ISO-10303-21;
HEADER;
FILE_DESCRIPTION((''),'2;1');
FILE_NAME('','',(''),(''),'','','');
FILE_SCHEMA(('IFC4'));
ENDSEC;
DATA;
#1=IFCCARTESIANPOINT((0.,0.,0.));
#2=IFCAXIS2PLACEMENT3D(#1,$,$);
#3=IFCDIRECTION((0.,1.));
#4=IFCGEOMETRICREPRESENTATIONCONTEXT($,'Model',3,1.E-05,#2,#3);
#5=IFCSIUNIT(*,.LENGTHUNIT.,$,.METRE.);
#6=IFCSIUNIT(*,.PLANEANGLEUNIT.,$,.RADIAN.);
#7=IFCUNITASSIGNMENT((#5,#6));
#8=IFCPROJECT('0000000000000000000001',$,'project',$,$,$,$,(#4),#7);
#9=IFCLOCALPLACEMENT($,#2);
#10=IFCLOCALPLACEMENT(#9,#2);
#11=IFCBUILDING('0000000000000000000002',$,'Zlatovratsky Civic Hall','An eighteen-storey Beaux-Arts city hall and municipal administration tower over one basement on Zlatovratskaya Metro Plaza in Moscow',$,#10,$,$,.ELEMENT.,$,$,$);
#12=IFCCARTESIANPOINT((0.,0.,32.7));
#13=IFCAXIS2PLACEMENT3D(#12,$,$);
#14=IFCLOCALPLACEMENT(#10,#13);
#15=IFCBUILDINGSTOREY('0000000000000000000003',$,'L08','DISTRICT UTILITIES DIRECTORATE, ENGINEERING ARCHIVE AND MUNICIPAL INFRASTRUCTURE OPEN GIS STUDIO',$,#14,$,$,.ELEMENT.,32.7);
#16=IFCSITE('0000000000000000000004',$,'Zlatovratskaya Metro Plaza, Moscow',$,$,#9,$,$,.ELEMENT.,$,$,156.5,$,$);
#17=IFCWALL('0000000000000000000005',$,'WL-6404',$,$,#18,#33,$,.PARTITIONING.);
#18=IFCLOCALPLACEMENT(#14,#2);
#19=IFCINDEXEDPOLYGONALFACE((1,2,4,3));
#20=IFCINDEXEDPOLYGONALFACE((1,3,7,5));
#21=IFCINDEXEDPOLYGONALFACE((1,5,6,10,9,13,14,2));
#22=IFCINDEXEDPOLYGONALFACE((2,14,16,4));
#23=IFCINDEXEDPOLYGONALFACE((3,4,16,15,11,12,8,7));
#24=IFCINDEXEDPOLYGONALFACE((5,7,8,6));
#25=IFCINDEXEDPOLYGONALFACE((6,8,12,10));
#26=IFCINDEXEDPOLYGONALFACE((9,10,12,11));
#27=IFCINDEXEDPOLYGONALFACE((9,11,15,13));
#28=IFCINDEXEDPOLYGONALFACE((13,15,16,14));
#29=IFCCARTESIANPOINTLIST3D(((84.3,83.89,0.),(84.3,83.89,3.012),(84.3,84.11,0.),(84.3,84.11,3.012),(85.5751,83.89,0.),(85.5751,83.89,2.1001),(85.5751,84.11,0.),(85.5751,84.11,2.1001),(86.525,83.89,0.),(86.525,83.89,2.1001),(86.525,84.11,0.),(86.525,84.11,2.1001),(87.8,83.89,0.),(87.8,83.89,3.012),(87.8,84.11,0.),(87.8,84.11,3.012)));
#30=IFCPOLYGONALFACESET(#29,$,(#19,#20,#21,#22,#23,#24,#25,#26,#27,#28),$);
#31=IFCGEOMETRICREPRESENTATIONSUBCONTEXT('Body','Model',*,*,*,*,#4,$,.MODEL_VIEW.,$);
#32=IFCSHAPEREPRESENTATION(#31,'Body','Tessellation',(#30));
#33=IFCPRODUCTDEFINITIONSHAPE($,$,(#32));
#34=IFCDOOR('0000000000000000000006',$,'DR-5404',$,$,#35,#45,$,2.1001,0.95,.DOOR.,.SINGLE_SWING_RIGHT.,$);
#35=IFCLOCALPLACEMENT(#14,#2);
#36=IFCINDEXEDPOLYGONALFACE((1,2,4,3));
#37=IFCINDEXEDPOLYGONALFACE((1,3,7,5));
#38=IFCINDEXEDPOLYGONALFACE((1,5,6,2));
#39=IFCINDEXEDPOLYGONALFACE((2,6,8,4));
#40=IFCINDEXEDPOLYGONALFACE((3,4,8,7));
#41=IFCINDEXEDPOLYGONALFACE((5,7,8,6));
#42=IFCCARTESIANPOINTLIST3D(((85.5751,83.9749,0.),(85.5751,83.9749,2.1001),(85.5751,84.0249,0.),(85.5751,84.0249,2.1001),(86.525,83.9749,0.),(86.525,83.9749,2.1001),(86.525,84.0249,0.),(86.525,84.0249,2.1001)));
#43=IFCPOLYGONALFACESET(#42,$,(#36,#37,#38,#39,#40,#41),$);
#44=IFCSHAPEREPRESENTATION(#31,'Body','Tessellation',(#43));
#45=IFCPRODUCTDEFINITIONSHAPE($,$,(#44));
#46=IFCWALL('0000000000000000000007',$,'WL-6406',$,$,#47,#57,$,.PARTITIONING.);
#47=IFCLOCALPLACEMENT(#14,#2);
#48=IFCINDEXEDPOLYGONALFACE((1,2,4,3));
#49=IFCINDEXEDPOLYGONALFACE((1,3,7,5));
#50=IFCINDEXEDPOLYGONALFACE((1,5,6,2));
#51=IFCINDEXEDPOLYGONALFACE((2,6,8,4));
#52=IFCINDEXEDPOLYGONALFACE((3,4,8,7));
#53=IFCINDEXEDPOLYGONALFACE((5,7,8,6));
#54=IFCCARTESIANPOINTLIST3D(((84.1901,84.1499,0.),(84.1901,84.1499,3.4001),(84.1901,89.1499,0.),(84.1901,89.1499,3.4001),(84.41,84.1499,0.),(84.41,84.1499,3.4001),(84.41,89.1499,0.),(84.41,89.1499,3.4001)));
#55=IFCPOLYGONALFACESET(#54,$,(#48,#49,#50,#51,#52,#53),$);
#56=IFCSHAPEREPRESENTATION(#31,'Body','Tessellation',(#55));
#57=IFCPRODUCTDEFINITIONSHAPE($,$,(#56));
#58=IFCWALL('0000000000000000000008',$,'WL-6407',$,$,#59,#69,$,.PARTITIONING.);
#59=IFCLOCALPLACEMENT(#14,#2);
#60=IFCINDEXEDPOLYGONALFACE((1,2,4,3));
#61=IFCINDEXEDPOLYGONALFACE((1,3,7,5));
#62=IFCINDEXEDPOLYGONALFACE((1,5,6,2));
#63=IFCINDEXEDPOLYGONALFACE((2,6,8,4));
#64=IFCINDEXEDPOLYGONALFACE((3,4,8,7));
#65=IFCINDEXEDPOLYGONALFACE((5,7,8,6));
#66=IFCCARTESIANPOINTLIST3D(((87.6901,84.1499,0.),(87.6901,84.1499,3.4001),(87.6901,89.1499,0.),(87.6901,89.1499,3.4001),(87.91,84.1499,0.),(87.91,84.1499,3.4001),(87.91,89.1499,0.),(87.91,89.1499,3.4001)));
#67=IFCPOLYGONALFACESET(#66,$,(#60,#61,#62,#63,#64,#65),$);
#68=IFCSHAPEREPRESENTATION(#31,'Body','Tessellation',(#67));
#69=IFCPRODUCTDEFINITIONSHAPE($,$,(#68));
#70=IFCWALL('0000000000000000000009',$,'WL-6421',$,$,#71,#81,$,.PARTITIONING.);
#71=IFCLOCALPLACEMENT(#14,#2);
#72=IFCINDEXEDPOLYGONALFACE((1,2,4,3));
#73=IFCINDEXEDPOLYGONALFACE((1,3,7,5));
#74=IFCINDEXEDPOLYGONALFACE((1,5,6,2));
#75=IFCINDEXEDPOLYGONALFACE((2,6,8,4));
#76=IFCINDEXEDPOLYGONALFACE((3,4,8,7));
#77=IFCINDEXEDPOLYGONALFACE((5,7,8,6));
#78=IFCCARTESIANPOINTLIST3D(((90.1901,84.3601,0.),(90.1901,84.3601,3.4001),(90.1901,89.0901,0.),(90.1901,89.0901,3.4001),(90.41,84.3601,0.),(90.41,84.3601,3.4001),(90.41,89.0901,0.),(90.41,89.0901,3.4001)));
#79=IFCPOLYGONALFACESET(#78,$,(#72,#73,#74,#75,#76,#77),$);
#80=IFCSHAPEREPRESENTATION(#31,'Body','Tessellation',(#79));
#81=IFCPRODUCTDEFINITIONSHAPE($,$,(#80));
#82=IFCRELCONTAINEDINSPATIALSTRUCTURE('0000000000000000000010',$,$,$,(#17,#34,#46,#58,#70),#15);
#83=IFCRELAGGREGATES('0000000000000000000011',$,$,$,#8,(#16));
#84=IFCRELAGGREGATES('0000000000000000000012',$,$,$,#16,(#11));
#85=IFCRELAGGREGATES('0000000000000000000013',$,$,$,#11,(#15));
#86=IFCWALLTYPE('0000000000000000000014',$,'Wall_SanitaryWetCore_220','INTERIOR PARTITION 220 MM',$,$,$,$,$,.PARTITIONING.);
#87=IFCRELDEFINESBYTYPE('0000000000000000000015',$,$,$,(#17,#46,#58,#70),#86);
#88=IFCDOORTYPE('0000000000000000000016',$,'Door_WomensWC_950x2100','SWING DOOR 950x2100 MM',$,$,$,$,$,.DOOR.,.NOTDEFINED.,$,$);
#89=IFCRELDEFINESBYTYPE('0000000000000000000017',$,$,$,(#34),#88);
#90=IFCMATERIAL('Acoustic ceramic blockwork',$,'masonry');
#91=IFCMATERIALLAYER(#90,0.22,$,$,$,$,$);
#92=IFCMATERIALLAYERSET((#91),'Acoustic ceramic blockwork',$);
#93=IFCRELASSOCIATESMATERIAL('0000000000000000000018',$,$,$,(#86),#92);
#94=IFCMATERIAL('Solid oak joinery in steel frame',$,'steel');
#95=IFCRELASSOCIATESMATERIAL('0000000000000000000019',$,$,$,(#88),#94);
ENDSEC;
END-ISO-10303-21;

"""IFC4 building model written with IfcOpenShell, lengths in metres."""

from ifc_helpers import new_model, si_unit, direction, frame, frame_2d, origin, place, context, subcontext, project, spatial, rectangle, extrude, material, layer, layer_set, type_object, element, fill, save


model = new_model("IFC4")

# Units and contexts
model_context = context("Model", 3, precision=1e-05, world=origin(), true_north=direction((0.0, 1.0)))
body_context = subcontext(model_context, "Body", "Model", "MODEL_VIEW")
ifc_project = project(units=[si_unit("LENGTHUNIT", "METRE"), si_unit("PLANEANGLEUNIT", "RADIAN")], contexts=[model_context])

# Site, building, storey
site_placement = place(None, origin())
site = spatial("IfcSite", under=ifc_project, at=site_placement, Name="Zlatovratskaya Metro Plaza, Moscow", CompositionType="ELEMENT", RefElevation=156.5)
building_placement = place(site_placement, origin())
building = spatial("IfcBuilding", under=site, at=building_placement, Name="Zlatovratsky Civic Hall", Description="An eighteen-storey Beaux-Arts city hall and municipal administration tower over one basement on Zlatovratskaya Metro Plaza in Moscow", CompositionType="ELEMENT")
storey_placement = place(building_placement, frame((0.0, 0.0, 32.7)))
storey = spatial("IfcBuildingStorey", under=building, at=storey_placement, Name="L08", Description="DISTRICT UTILITIES DIRECTORATE, ENGINEERING ARCHIVE AND MUNICIPAL INFRASTRUCTURE OPEN GIS STUDIO", CompositionType="ELEMENT", Elevation=32.7)

# Shared definitions
ifc_material_1 = material(Name="Solid oak joinery in steel frame", Category="steel")

# Wall, opening, door
ifc_material_2 = material(Name="Acoustic ceramic blockwork", Category="masonry")
ifc_layer_1 = layer(ifc_material_2, 0.22)
ifc_layer_set_1 = layer_set([ifc_layer_1], Name="Acoustic ceramic blockwork")
wall_type_1 = type_object("IfcWallType", Name="Wall_SanitaryWetCore_220", Description="INTERIOR PARTITION 220 MM", PredefinedType="PARTITIONING", material=ifc_layer_set_1)
wall_1_placement = place(storey_placement, frame((84.3, 84.0, 0.0), z_axis=(0.0, 0.0, 1.0), x_axis=(1.0, 0.0, 0.0)))
wall_1 = element("IfcWall", 1, at=wall_1_placement, inside=storey, type_object=wall_type_1, Name="WL-6404", PredefinedType="PARTITIONING", context=body_context, shape_type="SweptSolid", body=[
    extrude(rectangle(XDim=3.5, YDim=0.22, at=frame_2d((1.75, 0.0))), origin(), (0.0, 0.0, 1.0), 3.012),
])
opening_1_placement = place(wall_1_placement, frame((1.2749, 0.0, 0.0)))
opening_1 = element("IfcOpeningElement", 2, at=opening_1_placement, cuts=wall_1, PredefinedType="OPENING", context=body_context, shape_type="SweptSolid", body=[
    extrude(rectangle(XDim=0.95, YDim=2.1001, at=frame_2d((0.4751, 1.05))), frame((0.0, 0.125, 0.0), z_axis=(0.0, -1.0, 0.0), x_axis=(1.0, 0.0, 0.0)), (0.0, 0.0, 1.0), 0.2498),
])
door_type_1 = type_object("IfcDoorType", Name="Door_WomensWC_950x2100", Description="SWING DOOR 950x2100 MM", OperationType="NOTDEFINED", PredefinedType="DOOR", material=ifc_material_1)
door_1_placement = place(opening_1_placement, origin())
door_1 = element("IfcDoor", 3, at=door_1_placement, inside=storey, type_object=door_type_1, Name="DR-5404", OperationType="SINGLE_SWING_RIGHT", OverallHeight=2.1001, OverallWidth=0.95, PredefinedType="DOOR", context=body_context, shape_type="SweptSolid", body=[
    extrude(rectangle(XDim=0.95, YDim=2.1001, at=frame_2d((0.4751, 1.05))), frame((0.0, 0.0249, 0.0), z_axis=(0.0, -1.0, 0.0), x_axis=(1.0, 0.0, 0.0)), (0.0, 0.0, 1.0), 0.05),
])
fill(opening_1, door_1)

# Walls
for number, where, z_axis, x_axis, name in (
    (4, (84.3, 84.1499, 0.0), (0.0, 0.0, 1.0), (0.0, 1.0, 0.0), "WL-6406"),
    (5, (87.8, 84.1499, 0.0), (0.0, 0.0, 1.0), (0.0, 1.0, 0.0), "WL-6407"),
):
    element("IfcWall", number, at=place(storey_placement, frame(where, z_axis=z_axis, x_axis=x_axis)), inside=storey, type_object=wall_type_1, Name=name, PredefinedType="PARTITIONING", context=body_context, shape_type="SweptSolid", body=[
        extrude(rectangle(XDim=5.0, YDim=0.22, at=frame_2d((2.5, 0.0))), origin(), (0.0, 0.0, 1.0), 3.4001),
    ])

# Wall
wall_2_placement = place(storey_placement, frame((90.3, 84.3601, 0.0), z_axis=(0.0, 0.0, 1.0), x_axis=(0.0, 1.0, 0.0)))
element("IfcWall", 6, at=wall_2_placement, inside=storey, type_object=wall_type_1, Name="WL-6421", PredefinedType="PARTITIONING", context=body_context, shape_type="SweptSolid", body=[
    extrude(rectangle(XDim=4.73, YDim=0.22, at=frame_2d((2.365, 0.0))), origin(), (0.0, 0.0, 1.0), 3.4001),
])

save(model, "model.ifc")
